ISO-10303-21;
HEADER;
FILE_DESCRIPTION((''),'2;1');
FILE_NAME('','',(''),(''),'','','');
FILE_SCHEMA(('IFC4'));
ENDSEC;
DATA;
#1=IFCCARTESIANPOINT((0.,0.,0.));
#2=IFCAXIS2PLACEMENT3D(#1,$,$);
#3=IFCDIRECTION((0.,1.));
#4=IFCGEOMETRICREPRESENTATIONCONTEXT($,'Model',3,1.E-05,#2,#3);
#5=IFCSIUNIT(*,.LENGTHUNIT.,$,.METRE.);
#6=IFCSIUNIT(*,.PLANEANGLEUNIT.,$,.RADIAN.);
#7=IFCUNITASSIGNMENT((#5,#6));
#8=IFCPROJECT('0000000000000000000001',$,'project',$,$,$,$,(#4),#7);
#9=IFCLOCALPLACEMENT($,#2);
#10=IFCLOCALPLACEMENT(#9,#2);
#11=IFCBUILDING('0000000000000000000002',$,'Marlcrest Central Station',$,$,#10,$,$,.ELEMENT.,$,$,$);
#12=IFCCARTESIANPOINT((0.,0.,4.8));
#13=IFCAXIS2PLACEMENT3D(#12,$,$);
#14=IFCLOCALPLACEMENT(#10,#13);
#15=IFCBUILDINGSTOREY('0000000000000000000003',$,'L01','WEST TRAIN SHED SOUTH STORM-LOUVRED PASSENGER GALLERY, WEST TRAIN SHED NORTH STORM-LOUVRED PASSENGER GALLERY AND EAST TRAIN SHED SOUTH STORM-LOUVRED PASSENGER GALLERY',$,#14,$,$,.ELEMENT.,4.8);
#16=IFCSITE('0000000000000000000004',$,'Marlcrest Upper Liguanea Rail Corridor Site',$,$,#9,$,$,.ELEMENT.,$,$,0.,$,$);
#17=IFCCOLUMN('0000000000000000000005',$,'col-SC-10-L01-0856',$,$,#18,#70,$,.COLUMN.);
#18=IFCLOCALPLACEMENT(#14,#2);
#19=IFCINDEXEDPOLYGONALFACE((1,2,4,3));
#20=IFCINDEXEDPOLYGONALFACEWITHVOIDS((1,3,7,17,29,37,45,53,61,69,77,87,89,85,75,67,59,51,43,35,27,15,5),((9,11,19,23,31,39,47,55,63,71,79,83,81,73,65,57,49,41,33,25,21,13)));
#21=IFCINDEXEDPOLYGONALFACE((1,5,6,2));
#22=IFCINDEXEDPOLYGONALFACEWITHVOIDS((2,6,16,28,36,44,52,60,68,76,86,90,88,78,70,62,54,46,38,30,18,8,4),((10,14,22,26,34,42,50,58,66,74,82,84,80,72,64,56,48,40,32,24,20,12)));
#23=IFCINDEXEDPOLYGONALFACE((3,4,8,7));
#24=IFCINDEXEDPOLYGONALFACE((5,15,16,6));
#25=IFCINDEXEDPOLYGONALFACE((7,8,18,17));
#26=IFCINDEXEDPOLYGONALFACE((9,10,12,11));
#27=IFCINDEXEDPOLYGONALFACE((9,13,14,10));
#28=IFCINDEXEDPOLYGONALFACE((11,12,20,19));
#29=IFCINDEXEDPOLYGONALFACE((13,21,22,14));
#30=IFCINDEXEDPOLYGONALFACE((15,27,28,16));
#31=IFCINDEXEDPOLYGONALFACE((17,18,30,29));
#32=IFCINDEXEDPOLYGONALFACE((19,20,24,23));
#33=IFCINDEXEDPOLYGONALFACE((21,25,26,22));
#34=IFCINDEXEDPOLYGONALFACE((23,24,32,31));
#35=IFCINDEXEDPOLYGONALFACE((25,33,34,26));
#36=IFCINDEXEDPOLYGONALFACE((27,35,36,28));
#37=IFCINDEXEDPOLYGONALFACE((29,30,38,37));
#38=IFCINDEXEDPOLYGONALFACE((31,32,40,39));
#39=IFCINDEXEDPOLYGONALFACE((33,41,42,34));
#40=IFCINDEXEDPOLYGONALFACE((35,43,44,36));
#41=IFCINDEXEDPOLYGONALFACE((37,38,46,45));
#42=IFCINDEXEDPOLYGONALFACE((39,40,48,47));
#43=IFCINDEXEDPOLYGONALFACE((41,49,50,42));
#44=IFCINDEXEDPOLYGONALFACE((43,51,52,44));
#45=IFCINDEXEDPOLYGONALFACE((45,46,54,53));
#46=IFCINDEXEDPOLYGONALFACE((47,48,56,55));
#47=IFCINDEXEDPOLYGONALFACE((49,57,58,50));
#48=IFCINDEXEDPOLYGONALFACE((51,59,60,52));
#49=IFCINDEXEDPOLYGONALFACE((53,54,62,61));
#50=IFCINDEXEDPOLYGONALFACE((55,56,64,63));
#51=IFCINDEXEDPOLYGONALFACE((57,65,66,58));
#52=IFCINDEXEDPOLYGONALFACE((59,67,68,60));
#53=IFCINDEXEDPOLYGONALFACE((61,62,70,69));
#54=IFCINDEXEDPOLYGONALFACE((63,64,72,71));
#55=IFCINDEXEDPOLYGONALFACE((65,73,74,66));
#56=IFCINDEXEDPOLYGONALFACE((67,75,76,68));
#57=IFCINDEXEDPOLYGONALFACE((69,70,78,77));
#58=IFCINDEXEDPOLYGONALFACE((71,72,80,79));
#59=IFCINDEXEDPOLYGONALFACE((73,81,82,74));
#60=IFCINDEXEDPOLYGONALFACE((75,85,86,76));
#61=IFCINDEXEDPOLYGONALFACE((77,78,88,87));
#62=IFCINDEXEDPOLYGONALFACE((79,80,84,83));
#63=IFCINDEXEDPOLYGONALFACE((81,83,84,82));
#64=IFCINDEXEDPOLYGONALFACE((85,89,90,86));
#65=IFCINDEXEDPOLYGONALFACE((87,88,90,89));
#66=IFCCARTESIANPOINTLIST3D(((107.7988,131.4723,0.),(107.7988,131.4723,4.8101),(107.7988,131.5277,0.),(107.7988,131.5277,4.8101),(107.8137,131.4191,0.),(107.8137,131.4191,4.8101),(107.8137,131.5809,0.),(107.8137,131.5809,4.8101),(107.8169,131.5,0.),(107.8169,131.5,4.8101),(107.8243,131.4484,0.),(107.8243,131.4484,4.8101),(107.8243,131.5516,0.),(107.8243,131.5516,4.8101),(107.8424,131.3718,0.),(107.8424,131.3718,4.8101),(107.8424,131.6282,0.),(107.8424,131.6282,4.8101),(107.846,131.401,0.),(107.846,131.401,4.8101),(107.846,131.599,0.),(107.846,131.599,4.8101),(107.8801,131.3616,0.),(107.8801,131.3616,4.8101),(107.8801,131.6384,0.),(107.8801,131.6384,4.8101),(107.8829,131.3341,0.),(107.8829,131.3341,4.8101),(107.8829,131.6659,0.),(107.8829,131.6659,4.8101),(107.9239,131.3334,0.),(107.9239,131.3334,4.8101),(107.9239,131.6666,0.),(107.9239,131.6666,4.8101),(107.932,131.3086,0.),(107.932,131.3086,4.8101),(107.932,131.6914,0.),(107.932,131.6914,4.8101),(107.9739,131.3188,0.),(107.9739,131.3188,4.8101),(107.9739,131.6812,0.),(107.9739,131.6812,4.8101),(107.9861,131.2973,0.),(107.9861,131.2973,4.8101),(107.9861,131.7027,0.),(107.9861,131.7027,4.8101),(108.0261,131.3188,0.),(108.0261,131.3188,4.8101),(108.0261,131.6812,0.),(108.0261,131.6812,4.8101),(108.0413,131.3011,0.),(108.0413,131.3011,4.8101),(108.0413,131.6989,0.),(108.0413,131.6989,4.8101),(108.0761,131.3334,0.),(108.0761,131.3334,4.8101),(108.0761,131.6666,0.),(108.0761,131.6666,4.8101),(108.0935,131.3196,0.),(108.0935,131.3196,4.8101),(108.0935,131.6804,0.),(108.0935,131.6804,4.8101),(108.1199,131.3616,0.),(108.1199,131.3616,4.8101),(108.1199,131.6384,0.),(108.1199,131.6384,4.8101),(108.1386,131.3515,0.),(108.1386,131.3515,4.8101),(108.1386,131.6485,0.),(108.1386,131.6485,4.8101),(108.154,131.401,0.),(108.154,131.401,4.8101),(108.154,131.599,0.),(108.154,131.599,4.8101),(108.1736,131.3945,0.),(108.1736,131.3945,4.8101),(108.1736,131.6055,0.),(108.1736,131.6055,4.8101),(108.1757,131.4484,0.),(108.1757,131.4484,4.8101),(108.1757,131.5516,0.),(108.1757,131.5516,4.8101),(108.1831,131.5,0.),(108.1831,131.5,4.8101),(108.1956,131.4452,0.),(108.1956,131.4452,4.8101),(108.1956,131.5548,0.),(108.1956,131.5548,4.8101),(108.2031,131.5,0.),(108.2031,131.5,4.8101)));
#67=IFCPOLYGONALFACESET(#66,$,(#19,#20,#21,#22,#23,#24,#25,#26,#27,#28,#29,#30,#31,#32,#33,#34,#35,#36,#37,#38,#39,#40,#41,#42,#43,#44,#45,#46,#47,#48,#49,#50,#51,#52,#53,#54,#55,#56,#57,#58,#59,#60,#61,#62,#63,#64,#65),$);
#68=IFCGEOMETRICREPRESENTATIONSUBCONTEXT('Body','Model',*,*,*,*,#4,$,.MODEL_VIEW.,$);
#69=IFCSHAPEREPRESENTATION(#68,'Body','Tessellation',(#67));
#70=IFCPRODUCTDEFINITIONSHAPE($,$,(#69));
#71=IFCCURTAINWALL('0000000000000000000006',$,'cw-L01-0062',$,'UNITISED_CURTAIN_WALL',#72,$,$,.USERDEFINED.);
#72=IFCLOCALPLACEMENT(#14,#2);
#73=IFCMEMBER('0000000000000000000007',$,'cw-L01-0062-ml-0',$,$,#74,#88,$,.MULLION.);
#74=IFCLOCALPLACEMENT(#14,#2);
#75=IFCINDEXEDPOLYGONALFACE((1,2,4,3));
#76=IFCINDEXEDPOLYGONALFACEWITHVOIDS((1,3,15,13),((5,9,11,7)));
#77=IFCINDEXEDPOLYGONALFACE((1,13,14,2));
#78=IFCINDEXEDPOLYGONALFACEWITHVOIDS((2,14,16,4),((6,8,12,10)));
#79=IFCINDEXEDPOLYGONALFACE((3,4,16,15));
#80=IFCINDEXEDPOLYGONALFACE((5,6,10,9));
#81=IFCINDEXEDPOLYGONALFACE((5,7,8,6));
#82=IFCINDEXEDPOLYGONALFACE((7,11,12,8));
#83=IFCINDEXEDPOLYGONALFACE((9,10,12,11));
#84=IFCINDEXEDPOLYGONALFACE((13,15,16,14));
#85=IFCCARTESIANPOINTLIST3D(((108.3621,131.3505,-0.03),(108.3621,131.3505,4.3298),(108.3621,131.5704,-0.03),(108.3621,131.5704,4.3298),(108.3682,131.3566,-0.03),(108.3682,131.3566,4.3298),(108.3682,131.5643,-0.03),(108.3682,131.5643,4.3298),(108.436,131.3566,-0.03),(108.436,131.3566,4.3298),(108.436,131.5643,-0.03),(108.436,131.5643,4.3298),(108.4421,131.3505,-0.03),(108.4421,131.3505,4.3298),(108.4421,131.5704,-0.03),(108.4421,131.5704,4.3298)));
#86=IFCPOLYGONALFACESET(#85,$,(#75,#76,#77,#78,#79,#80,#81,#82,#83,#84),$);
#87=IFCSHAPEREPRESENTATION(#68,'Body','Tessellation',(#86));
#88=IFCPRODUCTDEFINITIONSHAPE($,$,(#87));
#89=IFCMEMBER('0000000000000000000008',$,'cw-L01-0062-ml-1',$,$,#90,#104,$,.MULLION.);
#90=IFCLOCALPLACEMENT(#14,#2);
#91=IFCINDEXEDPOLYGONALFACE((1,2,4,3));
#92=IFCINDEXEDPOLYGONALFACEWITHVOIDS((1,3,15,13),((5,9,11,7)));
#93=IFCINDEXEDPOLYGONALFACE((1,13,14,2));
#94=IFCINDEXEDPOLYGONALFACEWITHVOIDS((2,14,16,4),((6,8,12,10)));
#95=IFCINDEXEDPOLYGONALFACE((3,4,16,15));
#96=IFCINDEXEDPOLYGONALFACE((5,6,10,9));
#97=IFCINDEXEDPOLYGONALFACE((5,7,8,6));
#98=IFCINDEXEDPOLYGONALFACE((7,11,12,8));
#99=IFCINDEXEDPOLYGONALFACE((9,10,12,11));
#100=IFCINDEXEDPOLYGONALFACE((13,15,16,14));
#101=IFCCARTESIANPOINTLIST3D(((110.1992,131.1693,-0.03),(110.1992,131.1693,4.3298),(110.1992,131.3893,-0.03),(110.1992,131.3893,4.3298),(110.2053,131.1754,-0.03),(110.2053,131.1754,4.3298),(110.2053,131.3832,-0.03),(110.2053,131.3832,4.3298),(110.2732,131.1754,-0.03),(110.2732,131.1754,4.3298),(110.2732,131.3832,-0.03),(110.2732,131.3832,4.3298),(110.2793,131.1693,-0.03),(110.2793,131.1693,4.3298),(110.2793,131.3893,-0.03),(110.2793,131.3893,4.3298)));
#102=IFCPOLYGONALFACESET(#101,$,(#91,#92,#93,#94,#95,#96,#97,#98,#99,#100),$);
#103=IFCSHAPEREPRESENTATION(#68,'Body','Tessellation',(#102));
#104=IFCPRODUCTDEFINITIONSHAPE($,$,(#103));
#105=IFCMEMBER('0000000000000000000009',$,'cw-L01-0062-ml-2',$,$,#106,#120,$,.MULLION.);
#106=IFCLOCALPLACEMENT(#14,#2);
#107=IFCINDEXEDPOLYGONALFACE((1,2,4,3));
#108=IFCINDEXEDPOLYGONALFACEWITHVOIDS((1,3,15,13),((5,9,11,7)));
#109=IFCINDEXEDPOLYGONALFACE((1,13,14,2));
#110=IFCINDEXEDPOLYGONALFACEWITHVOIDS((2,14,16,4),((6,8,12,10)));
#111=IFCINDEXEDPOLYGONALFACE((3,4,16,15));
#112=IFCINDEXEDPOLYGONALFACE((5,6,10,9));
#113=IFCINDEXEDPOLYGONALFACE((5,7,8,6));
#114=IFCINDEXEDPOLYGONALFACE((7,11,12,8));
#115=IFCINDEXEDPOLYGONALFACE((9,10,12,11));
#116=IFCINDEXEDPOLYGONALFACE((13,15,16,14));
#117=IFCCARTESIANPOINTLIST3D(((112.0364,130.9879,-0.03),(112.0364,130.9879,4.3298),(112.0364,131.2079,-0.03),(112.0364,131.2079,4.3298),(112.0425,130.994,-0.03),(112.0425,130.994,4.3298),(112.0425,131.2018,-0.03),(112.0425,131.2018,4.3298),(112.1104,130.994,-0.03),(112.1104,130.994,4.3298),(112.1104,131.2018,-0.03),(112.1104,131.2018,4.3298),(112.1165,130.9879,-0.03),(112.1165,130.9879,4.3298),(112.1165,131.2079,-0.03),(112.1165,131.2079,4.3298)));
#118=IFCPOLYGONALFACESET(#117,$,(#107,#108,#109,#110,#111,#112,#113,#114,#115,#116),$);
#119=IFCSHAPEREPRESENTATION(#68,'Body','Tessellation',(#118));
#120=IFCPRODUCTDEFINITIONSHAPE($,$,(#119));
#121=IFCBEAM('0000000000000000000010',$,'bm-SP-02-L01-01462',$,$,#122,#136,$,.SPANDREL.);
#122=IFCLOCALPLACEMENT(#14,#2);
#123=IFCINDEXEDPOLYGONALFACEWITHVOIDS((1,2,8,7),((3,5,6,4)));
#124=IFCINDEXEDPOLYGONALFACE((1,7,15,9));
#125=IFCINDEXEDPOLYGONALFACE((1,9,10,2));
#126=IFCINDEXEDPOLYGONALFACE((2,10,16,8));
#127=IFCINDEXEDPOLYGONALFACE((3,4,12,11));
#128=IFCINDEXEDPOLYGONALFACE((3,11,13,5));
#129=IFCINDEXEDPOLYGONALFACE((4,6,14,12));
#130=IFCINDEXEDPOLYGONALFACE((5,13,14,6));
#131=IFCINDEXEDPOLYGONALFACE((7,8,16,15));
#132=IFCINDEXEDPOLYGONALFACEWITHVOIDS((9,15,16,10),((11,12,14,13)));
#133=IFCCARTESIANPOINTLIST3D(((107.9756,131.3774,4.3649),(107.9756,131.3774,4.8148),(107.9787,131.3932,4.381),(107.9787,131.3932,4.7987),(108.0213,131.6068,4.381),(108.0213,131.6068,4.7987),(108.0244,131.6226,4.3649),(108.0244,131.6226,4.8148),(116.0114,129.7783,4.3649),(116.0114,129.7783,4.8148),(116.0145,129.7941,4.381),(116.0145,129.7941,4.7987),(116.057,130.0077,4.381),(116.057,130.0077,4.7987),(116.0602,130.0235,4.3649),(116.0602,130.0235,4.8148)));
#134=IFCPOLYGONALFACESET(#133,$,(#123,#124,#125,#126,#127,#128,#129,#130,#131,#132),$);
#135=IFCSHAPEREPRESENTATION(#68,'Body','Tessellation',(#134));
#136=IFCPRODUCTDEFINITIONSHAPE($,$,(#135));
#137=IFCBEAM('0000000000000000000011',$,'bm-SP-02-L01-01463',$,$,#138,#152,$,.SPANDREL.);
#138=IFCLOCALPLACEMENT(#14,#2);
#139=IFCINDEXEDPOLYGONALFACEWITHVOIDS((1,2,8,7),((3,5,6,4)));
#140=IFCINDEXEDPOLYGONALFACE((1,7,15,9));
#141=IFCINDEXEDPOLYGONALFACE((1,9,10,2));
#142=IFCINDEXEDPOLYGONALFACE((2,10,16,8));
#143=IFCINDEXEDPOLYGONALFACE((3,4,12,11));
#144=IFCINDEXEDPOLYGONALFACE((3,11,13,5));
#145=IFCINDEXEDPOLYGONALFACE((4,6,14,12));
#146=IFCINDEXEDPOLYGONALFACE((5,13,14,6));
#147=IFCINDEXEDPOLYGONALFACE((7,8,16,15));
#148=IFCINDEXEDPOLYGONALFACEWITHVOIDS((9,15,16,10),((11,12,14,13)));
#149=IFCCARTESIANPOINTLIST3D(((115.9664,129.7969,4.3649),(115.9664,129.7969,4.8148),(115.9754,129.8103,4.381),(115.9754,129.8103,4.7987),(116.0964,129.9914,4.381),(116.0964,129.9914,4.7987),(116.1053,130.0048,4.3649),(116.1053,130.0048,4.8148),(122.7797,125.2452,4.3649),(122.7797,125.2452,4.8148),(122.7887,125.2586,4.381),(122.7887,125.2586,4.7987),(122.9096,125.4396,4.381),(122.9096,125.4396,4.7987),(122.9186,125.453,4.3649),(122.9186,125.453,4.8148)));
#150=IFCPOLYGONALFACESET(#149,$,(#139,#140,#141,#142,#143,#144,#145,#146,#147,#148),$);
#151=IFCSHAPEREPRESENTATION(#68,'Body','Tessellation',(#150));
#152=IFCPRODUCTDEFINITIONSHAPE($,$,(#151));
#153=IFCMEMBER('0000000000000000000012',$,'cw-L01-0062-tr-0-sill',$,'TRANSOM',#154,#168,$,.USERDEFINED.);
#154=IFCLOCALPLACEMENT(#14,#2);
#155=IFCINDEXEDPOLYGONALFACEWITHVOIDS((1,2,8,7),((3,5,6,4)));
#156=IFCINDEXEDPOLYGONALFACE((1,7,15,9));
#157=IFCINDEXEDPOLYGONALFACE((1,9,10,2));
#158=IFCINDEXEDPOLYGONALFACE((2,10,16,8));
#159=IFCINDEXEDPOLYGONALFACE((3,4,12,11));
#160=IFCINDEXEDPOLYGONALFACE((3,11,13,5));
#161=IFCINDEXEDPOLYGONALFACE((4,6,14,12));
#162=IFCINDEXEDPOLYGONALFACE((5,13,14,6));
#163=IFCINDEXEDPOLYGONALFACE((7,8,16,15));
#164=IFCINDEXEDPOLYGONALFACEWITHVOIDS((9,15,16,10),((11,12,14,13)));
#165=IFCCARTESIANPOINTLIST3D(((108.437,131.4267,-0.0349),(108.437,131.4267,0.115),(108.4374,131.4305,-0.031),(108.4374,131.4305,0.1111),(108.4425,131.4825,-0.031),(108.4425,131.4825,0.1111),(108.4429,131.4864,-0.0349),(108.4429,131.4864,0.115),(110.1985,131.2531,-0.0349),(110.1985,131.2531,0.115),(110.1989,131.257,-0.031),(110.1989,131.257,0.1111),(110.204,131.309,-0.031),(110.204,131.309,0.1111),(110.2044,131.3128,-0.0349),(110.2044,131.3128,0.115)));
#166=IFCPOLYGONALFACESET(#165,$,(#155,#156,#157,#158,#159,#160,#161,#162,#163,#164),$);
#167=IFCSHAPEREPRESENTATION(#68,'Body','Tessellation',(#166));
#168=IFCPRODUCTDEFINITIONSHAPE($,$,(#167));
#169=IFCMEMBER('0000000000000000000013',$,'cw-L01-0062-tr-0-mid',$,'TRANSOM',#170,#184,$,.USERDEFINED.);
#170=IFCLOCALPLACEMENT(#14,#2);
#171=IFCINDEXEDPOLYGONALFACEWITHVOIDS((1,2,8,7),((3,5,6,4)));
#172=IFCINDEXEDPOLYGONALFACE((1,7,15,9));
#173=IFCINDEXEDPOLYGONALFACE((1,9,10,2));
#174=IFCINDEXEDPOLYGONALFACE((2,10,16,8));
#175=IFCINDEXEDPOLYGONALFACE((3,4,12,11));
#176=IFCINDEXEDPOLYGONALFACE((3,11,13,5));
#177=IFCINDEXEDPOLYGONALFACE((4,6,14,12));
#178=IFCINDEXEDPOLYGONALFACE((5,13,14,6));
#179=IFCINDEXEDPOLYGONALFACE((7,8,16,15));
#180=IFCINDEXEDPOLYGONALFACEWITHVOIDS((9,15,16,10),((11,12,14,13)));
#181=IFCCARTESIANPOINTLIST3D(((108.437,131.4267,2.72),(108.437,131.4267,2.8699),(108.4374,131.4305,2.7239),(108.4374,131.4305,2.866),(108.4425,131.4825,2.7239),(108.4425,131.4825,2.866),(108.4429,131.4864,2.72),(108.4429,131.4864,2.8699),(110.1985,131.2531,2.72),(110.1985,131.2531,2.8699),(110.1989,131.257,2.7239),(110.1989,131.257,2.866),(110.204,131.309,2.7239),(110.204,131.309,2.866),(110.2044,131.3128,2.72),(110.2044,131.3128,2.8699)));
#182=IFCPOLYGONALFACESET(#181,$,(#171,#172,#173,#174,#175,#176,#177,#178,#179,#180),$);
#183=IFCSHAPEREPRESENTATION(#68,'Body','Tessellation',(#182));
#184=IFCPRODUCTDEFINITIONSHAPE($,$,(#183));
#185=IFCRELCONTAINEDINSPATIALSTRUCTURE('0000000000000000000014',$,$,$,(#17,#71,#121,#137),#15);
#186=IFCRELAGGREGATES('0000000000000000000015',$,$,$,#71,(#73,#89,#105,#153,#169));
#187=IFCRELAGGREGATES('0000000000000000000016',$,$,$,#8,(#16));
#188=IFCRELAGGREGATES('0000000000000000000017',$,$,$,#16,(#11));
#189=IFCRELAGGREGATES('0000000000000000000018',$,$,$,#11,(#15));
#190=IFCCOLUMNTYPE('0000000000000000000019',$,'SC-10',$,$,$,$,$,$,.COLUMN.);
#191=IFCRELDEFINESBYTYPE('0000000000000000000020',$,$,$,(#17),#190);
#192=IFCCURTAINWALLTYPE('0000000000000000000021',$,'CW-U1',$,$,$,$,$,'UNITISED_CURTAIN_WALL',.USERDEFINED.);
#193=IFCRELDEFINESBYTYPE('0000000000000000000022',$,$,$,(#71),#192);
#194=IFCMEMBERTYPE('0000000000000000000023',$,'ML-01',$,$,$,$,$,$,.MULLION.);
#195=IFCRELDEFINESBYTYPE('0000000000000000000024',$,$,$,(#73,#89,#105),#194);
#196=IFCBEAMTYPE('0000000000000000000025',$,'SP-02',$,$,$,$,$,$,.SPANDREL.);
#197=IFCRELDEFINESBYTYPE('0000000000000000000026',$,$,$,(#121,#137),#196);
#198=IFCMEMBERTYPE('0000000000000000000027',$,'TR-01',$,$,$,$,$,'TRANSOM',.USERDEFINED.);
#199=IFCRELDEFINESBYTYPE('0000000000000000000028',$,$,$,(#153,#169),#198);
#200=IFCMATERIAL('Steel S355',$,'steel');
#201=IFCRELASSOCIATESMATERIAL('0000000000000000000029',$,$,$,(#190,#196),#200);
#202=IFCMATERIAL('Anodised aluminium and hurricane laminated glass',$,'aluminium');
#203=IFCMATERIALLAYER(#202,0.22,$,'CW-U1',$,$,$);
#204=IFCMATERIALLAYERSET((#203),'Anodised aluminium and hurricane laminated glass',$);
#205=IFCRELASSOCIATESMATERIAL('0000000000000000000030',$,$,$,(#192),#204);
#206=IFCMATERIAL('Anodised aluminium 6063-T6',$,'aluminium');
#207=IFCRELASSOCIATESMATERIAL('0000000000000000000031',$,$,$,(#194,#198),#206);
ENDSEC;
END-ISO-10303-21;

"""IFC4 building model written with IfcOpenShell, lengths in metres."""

from ifc_helpers import new_model, si_unit, direction, frame, origin, origin_2d, place, context, subcontext, project, spatial, hollow_rectangle, hollow_circle, extrude, material, layer, layer_set, material_profile, profile_set, type_object, element, aggregate, save


model = new_model("IFC4")

# Units and contexts
model_context = context("Model", 3, precision=1e-05, world=origin(), true_north=direction((0.0, 1.0)))
body_context = subcontext(model_context, "Body", "Model", "MODEL_VIEW")
ifc_project = project(units=[si_unit("LENGTHUNIT", "METRE"), si_unit("PLANEANGLEUNIT", "RADIAN")], contexts=[model_context])

# Site, building, storey
site_placement = place(None, origin())
site = spatial("IfcSite", under=ifc_project, at=site_placement, Name="Marlcrest Upper Liguanea Rail Corridor Site", CompositionType="ELEMENT", RefElevation=0.0)
building_placement = place(site_placement, origin())
building = spatial("IfcBuilding", under=site, at=building_placement, Name="Marlcrest Central Station", CompositionType="ELEMENT")
storey_placement = place(building_placement, frame((0.0, 0.0, 4.8)))
storey = spatial("IfcBuildingStorey", under=building, at=storey_placement, Name="L01", Description="WEST TRAIN SHED SOUTH STORM-LOUVRED PASSENGER GALLERY, WEST TRAIN SHED NORTH STORM-LOUVRED PASSENGER GALLERY AND EAST TRAIN SHED SOUTH STORM-LOUVRED PASSENGER GALLERY", CompositionType="ELEMENT", Elevation=4.8)

# Column
ifc_material_1 = material(Name="Steel S355", Category="steel")
ifc_material_profile_1 = material_profile(ifc_material_1, hollow_circle(Radius=0.2031, WallThickness=0.02, at=origin_2d()), Name="CHS 406.4x20")
ifc_profile_set_1 = profile_set([ifc_material_profile_1], Name="Steel S355")
column_type = type_object("IfcColumnType", Name="SC-10", PredefinedType="COLUMN", material=ifc_profile_set_1)
column_placement = place(storey_placement, frame((108.0, 131.5, 0.0), z_axis=(0.0, 0.0, 1.0), x_axis=(1.0, 0.0, 0.0)))
element("IfcColumn", 1, at=column_placement, inside=storey, type_object=column_type, Name="col-SC-10-L01-0856", PredefinedType="COLUMN", context=body_context, shape_type="SweptSolid", body=[
    extrude(hollow_circle(Radius=0.2031, WallThickness=0.02, at=origin_2d()), origin(), (0.0, 0.0, 1.0), 4.8101),
])

# Curtain wall, members
ifc_material_2 = material(Name="Anodised aluminium and hurricane laminated glass", Category="aluminium")
ifc_layer_1 = layer(ifc_material_2, 0.22, Name="CW-U1")
ifc_layer_set_1 = layer_set([ifc_layer_1], Name="Anodised aluminium and hurricane laminated glass")
curtain_wall_type = type_object("IfcCurtainWallType", Name="CW-U1", ElementType="UNITISED_CURTAIN_WALL", PredefinedType="USERDEFINED", material=ifc_layer_set_1)
curtain_wall_placement = place(storey_placement, origin())
curtain_wall = element("IfcCurtainWall", 2, at=curtain_wall_placement, inside=storey, type_object=curtain_wall_type, Name="cw-L01-0062", ObjectType="UNITISED_CURTAIN_WALL", PredefinedType="USERDEFINED")
ifc_material_3 = material(Name="Anodised aluminium 6063-T6", Category="aluminium")
ifc_material_profile_2 = material_profile(ifc_material_3, hollow_rectangle(XDim=0.0801, YDim=0.22, WallThickness=0.0061, at=origin_2d()), Name="AA-RHS 220x80x6")
ifc_profile_set_2 = profile_set([ifc_material_profile_2], Name="Anodised aluminium 6063-T6")
member_type_1 = type_object("IfcMemberType", Name="ML-01", PredefinedType="MULLION", material=ifc_profile_set_2)
member_1_placement = place(storey_placement, frame((108.4021, 131.4604, -0.03), z_axis=(0.0, 0.0, 1.0), x_axis=(1.0, 0.0, 0.0)))
member_1 = element("IfcMember", 3, at=member_1_placement, type_object=member_type_1, Name="cw-L01-0062-ml-0", PredefinedType="MULLION", context=body_context, shape_type="SweptSolid", body=[
    extrude(hollow_rectangle(XDim=0.0801, YDim=0.22, WallThickness=0.0061, at=origin_2d()), origin(), (0.0, 0.0, 1.0), 4.3599),
])
member_2_placement = place(storey_placement, frame((110.2393, 131.2793, -0.03), z_axis=(0.0, 0.0, 1.0), x_axis=(1.0, 0.0, 0.0)))
member_2 = element("IfcMember", 4, at=member_2_placement, type_object=member_type_1, Name="cw-L01-0062-ml-1", PredefinedType="MULLION", context=body_context, shape_type="SweptSolid", body=[
    extrude(hollow_rectangle(XDim=0.0801, YDim=0.22, WallThickness=0.0061, at=origin_2d()), origin(), (0.0, 0.0, 1.0), 4.3599),
])
member_3_placement = place(storey_placement, frame((112.0764, 131.0979, -0.03), z_axis=(0.0, 0.0, 1.0), x_axis=(1.0, 0.0, 0.0)))
member_3 = element("IfcMember", 5, at=member_3_placement, type_object=member_type_1, Name="cw-L01-0062-ml-2", PredefinedType="MULLION", context=body_context, shape_type="SweptSolid", body=[
    extrude(hollow_rectangle(XDim=0.0801, YDim=0.22, WallThickness=0.0061, at=origin_2d()), origin(), (0.0, 0.0, 1.0), 4.3599),
])

# Beams
ifc_material_profile_3 = material_profile(ifc_material_1, hollow_rectangle(XDim=0.25, YDim=0.45, WallThickness=0.0161, at=origin_2d()), Name="RHS 450x250x16")
ifc_profile_set_3 = profile_set([ifc_material_profile_3], Name="Steel S355")
beam_type = type_object("IfcBeamType", Name="SP-02", PredefinedType="SPANDREL", material=ifc_profile_set_3)
beam_1_placement = place(storey_placement, frame((108.0, 131.5, 4.5898), z_axis=(0.980769, -0.195171, 0.0), x_axis=(0.195171, 0.980769, 0.0)))
element("IfcBeam", 6, at=beam_1_placement, inside=storey, type_object=beam_type, Name="bm-SP-02-L01-01462", PredefinedType="SPANDREL", context=body_context, shape_type="SweptSolid", body=[
    extrude(hollow_rectangle(XDim=0.25, YDim=0.45, WallThickness=0.0161, at=origin_2d()), origin(), (0.0, 0.0, 1.0), 8.1934),
])
beam_2_placement = place(storey_placement, frame((116.0359, 129.9009, 4.5898), z_axis=(0.831509, -0.555511, 0.0), x_axis=(0.555511, 0.831509, 0.0)))
element("IfcBeam", 7, at=beam_2_placement, inside=storey, type_object=beam_type, Name="bm-SP-02-L01-01463", PredefinedType="SPANDREL", context=body_context, shape_type="SweptSolid", body=[
    extrude(hollow_rectangle(XDim=0.25, YDim=0.45, WallThickness=0.0161, at=origin_2d()), origin(), (0.0, 0.0, 1.0), 8.1938),
])

# Members
ifc_material_profile_4 = material_profile(ifc_material_3, hollow_rectangle(XDim=0.0601, YDim=0.1499, WallThickness=0.0039, at=origin_2d()), Name="AA-RHS 150x60x4")
ifc_profile_set_4 = profile_set([ifc_material_profile_4], Name="Anodised aluminium 6063-T6")
member_type_2 = type_object("IfcMemberType", Name="TR-01", ElementType="TRANSOM", PredefinedType="USERDEFINED", material=ifc_profile_set_4)
member_4_placement = place(storey_placement, frame((108.4399, 131.4565, 0.04), z_axis=(0.99518, -0.09807, 0.0), x_axis=(0.09807, 0.99518, 0.0)))
member_4 = element("IfcMember", 8, at=member_4_placement, type_object=member_type_2, Name="cw-L01-0062-tr-0-sill", ObjectType="TRANSOM", PredefinedType="USERDEFINED", context=body_context, shape_type="SweptSolid", body=[
    extrude(hollow_rectangle(XDim=0.0601, YDim=0.1499, WallThickness=0.0039, at=origin_2d()), origin(), (0.0, 0.0, 1.0), 1.77),
])
member_5_placement = place(storey_placement, frame((108.4399, 131.4565, 2.7949), z_axis=(0.99518, -0.09807, 0.0), x_axis=(0.09807, 0.99518, 0.0)))
member_5 = element("IfcMember", 9, at=member_5_placement, type_object=member_type_2, Name="cw-L01-0062-tr-0-mid", ObjectType="TRANSOM", PredefinedType="USERDEFINED", context=body_context, shape_type="SweptSolid", body=[
    extrude(hollow_rectangle(XDim=0.0601, YDim=0.1499, WallThickness=0.0039, at=origin_2d()), origin(), (0.0, 0.0, 1.0), 1.77),
])

aggregate(curtain_wall, [member_1, member_2, member_3, member_4, member_5])

save(model, "model.ifc")
